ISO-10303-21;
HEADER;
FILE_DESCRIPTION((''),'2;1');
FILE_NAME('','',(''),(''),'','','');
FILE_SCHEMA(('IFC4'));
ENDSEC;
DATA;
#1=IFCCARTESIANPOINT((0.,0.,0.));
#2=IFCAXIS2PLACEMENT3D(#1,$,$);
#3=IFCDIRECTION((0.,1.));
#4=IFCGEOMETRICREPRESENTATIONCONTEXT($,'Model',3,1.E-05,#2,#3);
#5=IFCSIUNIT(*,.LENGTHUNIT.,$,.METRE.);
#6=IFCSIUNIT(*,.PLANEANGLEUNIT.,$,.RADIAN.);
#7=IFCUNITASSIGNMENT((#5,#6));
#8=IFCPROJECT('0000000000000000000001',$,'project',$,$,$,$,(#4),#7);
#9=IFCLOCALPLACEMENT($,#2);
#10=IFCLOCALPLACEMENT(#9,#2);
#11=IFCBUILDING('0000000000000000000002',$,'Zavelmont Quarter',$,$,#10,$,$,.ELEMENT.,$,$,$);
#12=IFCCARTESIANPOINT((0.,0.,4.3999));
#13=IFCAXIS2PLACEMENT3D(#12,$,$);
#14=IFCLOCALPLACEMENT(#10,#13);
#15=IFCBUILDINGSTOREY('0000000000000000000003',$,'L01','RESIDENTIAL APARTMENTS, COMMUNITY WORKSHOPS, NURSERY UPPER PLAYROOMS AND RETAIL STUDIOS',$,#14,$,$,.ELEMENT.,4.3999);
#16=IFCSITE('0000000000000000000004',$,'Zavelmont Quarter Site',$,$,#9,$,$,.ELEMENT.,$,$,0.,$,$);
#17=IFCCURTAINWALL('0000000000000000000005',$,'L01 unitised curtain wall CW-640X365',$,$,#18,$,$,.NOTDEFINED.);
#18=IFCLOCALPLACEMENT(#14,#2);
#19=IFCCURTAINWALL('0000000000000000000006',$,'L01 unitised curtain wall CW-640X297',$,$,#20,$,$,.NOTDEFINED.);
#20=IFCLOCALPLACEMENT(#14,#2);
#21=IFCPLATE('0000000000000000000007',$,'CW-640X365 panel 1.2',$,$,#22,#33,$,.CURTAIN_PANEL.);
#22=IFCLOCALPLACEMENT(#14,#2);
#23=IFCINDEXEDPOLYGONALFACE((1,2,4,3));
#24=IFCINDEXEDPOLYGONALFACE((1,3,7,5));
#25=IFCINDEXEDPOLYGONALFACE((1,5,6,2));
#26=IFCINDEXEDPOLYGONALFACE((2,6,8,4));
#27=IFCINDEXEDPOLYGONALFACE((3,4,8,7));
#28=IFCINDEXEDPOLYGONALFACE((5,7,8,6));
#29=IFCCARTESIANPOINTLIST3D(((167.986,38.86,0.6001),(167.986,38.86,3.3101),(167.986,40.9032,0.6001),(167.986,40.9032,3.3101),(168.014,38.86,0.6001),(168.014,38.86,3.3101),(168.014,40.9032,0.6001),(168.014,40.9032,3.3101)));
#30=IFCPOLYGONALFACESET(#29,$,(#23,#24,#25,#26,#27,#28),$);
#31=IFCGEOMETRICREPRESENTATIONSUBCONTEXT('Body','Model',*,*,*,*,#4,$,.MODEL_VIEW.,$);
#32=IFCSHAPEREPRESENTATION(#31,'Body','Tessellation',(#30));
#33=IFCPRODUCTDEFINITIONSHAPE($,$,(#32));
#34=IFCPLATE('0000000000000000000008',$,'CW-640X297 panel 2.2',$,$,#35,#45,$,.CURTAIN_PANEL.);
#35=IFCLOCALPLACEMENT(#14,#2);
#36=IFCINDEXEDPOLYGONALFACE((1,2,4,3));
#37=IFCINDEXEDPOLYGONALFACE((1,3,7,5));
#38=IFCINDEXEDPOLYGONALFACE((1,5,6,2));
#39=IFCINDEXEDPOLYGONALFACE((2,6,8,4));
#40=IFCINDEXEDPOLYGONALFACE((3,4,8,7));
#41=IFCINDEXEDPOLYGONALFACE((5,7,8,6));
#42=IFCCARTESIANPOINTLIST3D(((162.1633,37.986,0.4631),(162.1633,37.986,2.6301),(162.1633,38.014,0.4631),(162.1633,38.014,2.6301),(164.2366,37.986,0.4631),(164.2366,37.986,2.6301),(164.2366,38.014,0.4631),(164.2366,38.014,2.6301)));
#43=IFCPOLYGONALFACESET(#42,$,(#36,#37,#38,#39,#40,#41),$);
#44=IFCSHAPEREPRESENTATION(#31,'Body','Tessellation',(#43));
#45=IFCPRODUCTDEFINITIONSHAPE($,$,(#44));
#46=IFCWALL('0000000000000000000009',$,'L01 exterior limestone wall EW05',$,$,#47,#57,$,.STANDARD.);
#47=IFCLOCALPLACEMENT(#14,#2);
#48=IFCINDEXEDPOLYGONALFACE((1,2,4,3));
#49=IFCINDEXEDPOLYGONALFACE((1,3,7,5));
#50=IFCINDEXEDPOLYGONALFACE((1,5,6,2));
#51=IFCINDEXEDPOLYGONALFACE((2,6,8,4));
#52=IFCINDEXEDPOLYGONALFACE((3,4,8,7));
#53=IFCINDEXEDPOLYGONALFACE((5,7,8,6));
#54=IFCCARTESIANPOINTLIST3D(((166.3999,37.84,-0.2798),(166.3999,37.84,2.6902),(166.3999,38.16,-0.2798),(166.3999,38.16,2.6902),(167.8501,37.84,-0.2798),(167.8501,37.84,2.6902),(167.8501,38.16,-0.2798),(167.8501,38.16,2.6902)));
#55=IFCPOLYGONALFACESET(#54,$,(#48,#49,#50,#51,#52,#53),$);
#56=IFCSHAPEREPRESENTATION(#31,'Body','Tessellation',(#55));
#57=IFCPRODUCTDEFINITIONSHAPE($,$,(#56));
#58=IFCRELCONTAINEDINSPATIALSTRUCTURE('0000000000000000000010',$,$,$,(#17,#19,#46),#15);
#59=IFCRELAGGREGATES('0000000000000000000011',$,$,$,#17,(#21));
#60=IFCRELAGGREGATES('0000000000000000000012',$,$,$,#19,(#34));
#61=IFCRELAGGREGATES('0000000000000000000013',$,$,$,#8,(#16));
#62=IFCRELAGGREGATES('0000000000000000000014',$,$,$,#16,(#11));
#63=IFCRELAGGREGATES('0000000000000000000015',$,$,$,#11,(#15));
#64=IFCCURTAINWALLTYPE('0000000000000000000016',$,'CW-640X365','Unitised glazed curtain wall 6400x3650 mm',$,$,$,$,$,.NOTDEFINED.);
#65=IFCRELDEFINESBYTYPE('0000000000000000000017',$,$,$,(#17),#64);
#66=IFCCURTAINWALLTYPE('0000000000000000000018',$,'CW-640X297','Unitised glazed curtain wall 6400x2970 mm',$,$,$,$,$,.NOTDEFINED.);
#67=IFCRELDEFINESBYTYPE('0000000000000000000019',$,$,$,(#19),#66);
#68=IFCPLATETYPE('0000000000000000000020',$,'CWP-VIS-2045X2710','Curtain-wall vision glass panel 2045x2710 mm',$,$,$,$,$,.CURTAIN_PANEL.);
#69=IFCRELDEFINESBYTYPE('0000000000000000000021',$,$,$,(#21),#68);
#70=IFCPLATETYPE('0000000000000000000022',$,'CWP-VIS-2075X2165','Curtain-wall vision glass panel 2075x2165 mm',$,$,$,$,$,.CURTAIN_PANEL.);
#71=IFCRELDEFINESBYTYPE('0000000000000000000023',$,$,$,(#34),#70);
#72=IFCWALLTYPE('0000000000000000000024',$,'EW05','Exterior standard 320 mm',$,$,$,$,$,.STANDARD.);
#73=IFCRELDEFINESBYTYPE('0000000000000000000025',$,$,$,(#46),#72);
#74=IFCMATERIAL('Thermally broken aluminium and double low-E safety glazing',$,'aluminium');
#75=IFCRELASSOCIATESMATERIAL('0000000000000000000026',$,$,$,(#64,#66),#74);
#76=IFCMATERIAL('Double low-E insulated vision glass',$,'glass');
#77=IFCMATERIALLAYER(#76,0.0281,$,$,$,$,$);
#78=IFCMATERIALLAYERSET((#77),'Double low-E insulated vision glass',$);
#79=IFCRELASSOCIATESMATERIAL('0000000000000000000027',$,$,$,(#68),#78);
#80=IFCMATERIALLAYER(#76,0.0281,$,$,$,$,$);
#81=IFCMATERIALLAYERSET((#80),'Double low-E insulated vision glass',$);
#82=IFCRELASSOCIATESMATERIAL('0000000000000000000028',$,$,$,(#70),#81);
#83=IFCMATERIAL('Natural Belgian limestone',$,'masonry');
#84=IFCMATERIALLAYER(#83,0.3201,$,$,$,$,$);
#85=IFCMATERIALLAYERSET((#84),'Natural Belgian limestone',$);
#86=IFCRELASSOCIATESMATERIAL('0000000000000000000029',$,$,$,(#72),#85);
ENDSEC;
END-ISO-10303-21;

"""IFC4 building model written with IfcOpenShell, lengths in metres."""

from ifc_helpers import new_model, si_unit, direction, frame, frame_2d, origin, origin_2d, place, context, subcontext, project, spatial, rectangle, extrude, material, layer, layer_set, type_object, element, aggregate, save


model = new_model("IFC4")

# Units and contexts
model_context = context("Model", 3, precision=1e-05, world=origin(), true_north=direction((0.0, 1.0)))
body_context = subcontext(model_context, "Body", "Model", "MODEL_VIEW")
ifc_project = project(units=[si_unit("LENGTHUNIT", "METRE"), si_unit("PLANEANGLEUNIT", "RADIAN")], contexts=[model_context])

# Site, building, storey
site_placement = place(None, origin())
site = spatial("IfcSite", under=ifc_project, at=site_placement, Name="Zavelmont Quarter Site", CompositionType="ELEMENT", RefElevation=0.0)
building_placement = place(site_placement, origin())
building = spatial("IfcBuilding", under=site, at=building_placement, Name="Zavelmont Quarter", CompositionType="ELEMENT")
storey_placement = place(building_placement, frame((0.0, 0.0, 4.3999)))
storey = spatial("IfcBuildingStorey", under=building, at=storey_placement, Name="L01", Description="RESIDENTIAL APARTMENTS, COMMUNITY WORKSHOPS, NURSERY UPPER PLAYROOMS AND RETAIL STUDIOS", CompositionType="ELEMENT", Elevation=4.3999)

# Curtain wall
ifc_material_1 = material(Name="Thermally broken aluminium and double low-E safety glazing", Category="aluminium")
curtain_wall_type_1 = type_object("IfcCurtainWallType", Name="CW-640X365", Description="Unitised glazed curtain wall 6400x3650 mm", PredefinedType="NOTDEFINED", material=ifc_material_1)
curtain_wall_1_placement = place(storey_placement, origin())
curtain_wall_1 = element("IfcCurtainWall", 1, at=curtain_wall_1_placement, inside=storey, type_object=curtain_wall_type_1, Name="L01 unitised curtain wall CW-640X365", PredefinedType="NOTDEFINED")

# Curtain wall
curtain_wall_type_2 = type_object("IfcCurtainWallType", Name="CW-640X297", Description="Unitised glazed curtain wall 6400x2970 mm", PredefinedType="NOTDEFINED", material=ifc_material_1)
curtain_wall_2_placement = place(storey_placement, origin())
curtain_wall_2 = element("IfcCurtainWall", 2, at=curtain_wall_2_placement, inside=storey, type_object=curtain_wall_type_2, Name="L01 unitised curtain wall CW-640X297", PredefinedType="NOTDEFINED")

# Plates
ifc_material_2 = material(Name="Double low-E insulated vision glass", Category="glass")
ifc_layer_1 = layer(ifc_material_2, 0.0281)
ifc_layer_set_1 = layer_set([ifc_layer_1], Name="Double low-E insulated vision glass")
plate_type_1 = type_object("IfcPlateType", Name="CWP-VIS-2045X2710", Description="Curtain-wall vision glass panel 2045x2710 mm", PredefinedType="CURTAIN_PANEL", material=ifc_layer_set_1)
plate_1_placement = place(storey_placement, frame((168.0, 39.8816, 0.6001), z_axis=(0.0, 0.0, 1.0), x_axis=(0.0, 1.0, 0.0)))
plate_1 = element("IfcPlate", 3, at=plate_1_placement, type_object=plate_type_1, Name="CW-640X365 panel 1.2", PredefinedType="CURTAIN_PANEL", context=body_context, shape_type="SweptSolid", body=[
    extrude(rectangle(XDim=2.0432, YDim=0.0281, at=origin_2d()), origin(), (0.0, 0.0, 1.0), 2.71),
])
aggregate(curtain_wall_1, [plate_1])
ifc_layer_2 = layer(ifc_material_2, 0.0281)
ifc_layer_set_2 = layer_set([ifc_layer_2], Name="Double low-E insulated vision glass")
plate_type_2 = type_object("IfcPlateType", Name="CWP-VIS-2075X2165", Description="Curtain-wall vision glass panel 2075x2165 mm", PredefinedType="CURTAIN_PANEL", material=ifc_layer_set_2)
plate_2_placement = place(storey_placement, frame((163.2, 38.0, 0.4631), z_axis=(0.0, 0.0, 1.0), x_axis=(1.0, 0.0, 0.0)))
plate_2 = element("IfcPlate", 4, at=plate_2_placement, type_object=plate_type_2, Name="CW-640X297 panel 2.2", PredefinedType="CURTAIN_PANEL", context=body_context, shape_type="SweptSolid", body=[
    extrude(rectangle(XDim=2.0732, YDim=0.0281, at=origin_2d()), origin(), (0.0, 0.0, 1.0), 2.167),
])
aggregate(curtain_wall_2, [plate_2])

# Wall
ifc_material_3 = material(Name="Natural Belgian limestone", Category="masonry")
ifc_layer_3 = layer(ifc_material_3, 0.3201)
ifc_layer_set_3 = layer_set([ifc_layer_3], Name="Natural Belgian limestone")
wall_type = type_object("IfcWallType", Name="EW05", Description="Exterior standard 320 mm", PredefinedType="STANDARD", material=ifc_layer_set_3)
wall_placement = place(storey_placement, frame((166.3999, 38.0, -0.2798), z_axis=(0.0, 0.0, 1.0), x_axis=(1.0, 0.0, 0.0)))
element("IfcWall", 5, at=wall_placement, inside=storey, type_object=wall_type, Name="L01 exterior limestone wall EW05", PredefinedType="STANDARD", context=body_context, shape_type="SweptSolid", body=[
    extrude(rectangle(XDim=1.4502, YDim=0.3201, at=frame_2d((0.7251, 0.0))), origin(), (0.0, 0.0, 1.0), 2.97),
])

save(model, "model.ifc")
